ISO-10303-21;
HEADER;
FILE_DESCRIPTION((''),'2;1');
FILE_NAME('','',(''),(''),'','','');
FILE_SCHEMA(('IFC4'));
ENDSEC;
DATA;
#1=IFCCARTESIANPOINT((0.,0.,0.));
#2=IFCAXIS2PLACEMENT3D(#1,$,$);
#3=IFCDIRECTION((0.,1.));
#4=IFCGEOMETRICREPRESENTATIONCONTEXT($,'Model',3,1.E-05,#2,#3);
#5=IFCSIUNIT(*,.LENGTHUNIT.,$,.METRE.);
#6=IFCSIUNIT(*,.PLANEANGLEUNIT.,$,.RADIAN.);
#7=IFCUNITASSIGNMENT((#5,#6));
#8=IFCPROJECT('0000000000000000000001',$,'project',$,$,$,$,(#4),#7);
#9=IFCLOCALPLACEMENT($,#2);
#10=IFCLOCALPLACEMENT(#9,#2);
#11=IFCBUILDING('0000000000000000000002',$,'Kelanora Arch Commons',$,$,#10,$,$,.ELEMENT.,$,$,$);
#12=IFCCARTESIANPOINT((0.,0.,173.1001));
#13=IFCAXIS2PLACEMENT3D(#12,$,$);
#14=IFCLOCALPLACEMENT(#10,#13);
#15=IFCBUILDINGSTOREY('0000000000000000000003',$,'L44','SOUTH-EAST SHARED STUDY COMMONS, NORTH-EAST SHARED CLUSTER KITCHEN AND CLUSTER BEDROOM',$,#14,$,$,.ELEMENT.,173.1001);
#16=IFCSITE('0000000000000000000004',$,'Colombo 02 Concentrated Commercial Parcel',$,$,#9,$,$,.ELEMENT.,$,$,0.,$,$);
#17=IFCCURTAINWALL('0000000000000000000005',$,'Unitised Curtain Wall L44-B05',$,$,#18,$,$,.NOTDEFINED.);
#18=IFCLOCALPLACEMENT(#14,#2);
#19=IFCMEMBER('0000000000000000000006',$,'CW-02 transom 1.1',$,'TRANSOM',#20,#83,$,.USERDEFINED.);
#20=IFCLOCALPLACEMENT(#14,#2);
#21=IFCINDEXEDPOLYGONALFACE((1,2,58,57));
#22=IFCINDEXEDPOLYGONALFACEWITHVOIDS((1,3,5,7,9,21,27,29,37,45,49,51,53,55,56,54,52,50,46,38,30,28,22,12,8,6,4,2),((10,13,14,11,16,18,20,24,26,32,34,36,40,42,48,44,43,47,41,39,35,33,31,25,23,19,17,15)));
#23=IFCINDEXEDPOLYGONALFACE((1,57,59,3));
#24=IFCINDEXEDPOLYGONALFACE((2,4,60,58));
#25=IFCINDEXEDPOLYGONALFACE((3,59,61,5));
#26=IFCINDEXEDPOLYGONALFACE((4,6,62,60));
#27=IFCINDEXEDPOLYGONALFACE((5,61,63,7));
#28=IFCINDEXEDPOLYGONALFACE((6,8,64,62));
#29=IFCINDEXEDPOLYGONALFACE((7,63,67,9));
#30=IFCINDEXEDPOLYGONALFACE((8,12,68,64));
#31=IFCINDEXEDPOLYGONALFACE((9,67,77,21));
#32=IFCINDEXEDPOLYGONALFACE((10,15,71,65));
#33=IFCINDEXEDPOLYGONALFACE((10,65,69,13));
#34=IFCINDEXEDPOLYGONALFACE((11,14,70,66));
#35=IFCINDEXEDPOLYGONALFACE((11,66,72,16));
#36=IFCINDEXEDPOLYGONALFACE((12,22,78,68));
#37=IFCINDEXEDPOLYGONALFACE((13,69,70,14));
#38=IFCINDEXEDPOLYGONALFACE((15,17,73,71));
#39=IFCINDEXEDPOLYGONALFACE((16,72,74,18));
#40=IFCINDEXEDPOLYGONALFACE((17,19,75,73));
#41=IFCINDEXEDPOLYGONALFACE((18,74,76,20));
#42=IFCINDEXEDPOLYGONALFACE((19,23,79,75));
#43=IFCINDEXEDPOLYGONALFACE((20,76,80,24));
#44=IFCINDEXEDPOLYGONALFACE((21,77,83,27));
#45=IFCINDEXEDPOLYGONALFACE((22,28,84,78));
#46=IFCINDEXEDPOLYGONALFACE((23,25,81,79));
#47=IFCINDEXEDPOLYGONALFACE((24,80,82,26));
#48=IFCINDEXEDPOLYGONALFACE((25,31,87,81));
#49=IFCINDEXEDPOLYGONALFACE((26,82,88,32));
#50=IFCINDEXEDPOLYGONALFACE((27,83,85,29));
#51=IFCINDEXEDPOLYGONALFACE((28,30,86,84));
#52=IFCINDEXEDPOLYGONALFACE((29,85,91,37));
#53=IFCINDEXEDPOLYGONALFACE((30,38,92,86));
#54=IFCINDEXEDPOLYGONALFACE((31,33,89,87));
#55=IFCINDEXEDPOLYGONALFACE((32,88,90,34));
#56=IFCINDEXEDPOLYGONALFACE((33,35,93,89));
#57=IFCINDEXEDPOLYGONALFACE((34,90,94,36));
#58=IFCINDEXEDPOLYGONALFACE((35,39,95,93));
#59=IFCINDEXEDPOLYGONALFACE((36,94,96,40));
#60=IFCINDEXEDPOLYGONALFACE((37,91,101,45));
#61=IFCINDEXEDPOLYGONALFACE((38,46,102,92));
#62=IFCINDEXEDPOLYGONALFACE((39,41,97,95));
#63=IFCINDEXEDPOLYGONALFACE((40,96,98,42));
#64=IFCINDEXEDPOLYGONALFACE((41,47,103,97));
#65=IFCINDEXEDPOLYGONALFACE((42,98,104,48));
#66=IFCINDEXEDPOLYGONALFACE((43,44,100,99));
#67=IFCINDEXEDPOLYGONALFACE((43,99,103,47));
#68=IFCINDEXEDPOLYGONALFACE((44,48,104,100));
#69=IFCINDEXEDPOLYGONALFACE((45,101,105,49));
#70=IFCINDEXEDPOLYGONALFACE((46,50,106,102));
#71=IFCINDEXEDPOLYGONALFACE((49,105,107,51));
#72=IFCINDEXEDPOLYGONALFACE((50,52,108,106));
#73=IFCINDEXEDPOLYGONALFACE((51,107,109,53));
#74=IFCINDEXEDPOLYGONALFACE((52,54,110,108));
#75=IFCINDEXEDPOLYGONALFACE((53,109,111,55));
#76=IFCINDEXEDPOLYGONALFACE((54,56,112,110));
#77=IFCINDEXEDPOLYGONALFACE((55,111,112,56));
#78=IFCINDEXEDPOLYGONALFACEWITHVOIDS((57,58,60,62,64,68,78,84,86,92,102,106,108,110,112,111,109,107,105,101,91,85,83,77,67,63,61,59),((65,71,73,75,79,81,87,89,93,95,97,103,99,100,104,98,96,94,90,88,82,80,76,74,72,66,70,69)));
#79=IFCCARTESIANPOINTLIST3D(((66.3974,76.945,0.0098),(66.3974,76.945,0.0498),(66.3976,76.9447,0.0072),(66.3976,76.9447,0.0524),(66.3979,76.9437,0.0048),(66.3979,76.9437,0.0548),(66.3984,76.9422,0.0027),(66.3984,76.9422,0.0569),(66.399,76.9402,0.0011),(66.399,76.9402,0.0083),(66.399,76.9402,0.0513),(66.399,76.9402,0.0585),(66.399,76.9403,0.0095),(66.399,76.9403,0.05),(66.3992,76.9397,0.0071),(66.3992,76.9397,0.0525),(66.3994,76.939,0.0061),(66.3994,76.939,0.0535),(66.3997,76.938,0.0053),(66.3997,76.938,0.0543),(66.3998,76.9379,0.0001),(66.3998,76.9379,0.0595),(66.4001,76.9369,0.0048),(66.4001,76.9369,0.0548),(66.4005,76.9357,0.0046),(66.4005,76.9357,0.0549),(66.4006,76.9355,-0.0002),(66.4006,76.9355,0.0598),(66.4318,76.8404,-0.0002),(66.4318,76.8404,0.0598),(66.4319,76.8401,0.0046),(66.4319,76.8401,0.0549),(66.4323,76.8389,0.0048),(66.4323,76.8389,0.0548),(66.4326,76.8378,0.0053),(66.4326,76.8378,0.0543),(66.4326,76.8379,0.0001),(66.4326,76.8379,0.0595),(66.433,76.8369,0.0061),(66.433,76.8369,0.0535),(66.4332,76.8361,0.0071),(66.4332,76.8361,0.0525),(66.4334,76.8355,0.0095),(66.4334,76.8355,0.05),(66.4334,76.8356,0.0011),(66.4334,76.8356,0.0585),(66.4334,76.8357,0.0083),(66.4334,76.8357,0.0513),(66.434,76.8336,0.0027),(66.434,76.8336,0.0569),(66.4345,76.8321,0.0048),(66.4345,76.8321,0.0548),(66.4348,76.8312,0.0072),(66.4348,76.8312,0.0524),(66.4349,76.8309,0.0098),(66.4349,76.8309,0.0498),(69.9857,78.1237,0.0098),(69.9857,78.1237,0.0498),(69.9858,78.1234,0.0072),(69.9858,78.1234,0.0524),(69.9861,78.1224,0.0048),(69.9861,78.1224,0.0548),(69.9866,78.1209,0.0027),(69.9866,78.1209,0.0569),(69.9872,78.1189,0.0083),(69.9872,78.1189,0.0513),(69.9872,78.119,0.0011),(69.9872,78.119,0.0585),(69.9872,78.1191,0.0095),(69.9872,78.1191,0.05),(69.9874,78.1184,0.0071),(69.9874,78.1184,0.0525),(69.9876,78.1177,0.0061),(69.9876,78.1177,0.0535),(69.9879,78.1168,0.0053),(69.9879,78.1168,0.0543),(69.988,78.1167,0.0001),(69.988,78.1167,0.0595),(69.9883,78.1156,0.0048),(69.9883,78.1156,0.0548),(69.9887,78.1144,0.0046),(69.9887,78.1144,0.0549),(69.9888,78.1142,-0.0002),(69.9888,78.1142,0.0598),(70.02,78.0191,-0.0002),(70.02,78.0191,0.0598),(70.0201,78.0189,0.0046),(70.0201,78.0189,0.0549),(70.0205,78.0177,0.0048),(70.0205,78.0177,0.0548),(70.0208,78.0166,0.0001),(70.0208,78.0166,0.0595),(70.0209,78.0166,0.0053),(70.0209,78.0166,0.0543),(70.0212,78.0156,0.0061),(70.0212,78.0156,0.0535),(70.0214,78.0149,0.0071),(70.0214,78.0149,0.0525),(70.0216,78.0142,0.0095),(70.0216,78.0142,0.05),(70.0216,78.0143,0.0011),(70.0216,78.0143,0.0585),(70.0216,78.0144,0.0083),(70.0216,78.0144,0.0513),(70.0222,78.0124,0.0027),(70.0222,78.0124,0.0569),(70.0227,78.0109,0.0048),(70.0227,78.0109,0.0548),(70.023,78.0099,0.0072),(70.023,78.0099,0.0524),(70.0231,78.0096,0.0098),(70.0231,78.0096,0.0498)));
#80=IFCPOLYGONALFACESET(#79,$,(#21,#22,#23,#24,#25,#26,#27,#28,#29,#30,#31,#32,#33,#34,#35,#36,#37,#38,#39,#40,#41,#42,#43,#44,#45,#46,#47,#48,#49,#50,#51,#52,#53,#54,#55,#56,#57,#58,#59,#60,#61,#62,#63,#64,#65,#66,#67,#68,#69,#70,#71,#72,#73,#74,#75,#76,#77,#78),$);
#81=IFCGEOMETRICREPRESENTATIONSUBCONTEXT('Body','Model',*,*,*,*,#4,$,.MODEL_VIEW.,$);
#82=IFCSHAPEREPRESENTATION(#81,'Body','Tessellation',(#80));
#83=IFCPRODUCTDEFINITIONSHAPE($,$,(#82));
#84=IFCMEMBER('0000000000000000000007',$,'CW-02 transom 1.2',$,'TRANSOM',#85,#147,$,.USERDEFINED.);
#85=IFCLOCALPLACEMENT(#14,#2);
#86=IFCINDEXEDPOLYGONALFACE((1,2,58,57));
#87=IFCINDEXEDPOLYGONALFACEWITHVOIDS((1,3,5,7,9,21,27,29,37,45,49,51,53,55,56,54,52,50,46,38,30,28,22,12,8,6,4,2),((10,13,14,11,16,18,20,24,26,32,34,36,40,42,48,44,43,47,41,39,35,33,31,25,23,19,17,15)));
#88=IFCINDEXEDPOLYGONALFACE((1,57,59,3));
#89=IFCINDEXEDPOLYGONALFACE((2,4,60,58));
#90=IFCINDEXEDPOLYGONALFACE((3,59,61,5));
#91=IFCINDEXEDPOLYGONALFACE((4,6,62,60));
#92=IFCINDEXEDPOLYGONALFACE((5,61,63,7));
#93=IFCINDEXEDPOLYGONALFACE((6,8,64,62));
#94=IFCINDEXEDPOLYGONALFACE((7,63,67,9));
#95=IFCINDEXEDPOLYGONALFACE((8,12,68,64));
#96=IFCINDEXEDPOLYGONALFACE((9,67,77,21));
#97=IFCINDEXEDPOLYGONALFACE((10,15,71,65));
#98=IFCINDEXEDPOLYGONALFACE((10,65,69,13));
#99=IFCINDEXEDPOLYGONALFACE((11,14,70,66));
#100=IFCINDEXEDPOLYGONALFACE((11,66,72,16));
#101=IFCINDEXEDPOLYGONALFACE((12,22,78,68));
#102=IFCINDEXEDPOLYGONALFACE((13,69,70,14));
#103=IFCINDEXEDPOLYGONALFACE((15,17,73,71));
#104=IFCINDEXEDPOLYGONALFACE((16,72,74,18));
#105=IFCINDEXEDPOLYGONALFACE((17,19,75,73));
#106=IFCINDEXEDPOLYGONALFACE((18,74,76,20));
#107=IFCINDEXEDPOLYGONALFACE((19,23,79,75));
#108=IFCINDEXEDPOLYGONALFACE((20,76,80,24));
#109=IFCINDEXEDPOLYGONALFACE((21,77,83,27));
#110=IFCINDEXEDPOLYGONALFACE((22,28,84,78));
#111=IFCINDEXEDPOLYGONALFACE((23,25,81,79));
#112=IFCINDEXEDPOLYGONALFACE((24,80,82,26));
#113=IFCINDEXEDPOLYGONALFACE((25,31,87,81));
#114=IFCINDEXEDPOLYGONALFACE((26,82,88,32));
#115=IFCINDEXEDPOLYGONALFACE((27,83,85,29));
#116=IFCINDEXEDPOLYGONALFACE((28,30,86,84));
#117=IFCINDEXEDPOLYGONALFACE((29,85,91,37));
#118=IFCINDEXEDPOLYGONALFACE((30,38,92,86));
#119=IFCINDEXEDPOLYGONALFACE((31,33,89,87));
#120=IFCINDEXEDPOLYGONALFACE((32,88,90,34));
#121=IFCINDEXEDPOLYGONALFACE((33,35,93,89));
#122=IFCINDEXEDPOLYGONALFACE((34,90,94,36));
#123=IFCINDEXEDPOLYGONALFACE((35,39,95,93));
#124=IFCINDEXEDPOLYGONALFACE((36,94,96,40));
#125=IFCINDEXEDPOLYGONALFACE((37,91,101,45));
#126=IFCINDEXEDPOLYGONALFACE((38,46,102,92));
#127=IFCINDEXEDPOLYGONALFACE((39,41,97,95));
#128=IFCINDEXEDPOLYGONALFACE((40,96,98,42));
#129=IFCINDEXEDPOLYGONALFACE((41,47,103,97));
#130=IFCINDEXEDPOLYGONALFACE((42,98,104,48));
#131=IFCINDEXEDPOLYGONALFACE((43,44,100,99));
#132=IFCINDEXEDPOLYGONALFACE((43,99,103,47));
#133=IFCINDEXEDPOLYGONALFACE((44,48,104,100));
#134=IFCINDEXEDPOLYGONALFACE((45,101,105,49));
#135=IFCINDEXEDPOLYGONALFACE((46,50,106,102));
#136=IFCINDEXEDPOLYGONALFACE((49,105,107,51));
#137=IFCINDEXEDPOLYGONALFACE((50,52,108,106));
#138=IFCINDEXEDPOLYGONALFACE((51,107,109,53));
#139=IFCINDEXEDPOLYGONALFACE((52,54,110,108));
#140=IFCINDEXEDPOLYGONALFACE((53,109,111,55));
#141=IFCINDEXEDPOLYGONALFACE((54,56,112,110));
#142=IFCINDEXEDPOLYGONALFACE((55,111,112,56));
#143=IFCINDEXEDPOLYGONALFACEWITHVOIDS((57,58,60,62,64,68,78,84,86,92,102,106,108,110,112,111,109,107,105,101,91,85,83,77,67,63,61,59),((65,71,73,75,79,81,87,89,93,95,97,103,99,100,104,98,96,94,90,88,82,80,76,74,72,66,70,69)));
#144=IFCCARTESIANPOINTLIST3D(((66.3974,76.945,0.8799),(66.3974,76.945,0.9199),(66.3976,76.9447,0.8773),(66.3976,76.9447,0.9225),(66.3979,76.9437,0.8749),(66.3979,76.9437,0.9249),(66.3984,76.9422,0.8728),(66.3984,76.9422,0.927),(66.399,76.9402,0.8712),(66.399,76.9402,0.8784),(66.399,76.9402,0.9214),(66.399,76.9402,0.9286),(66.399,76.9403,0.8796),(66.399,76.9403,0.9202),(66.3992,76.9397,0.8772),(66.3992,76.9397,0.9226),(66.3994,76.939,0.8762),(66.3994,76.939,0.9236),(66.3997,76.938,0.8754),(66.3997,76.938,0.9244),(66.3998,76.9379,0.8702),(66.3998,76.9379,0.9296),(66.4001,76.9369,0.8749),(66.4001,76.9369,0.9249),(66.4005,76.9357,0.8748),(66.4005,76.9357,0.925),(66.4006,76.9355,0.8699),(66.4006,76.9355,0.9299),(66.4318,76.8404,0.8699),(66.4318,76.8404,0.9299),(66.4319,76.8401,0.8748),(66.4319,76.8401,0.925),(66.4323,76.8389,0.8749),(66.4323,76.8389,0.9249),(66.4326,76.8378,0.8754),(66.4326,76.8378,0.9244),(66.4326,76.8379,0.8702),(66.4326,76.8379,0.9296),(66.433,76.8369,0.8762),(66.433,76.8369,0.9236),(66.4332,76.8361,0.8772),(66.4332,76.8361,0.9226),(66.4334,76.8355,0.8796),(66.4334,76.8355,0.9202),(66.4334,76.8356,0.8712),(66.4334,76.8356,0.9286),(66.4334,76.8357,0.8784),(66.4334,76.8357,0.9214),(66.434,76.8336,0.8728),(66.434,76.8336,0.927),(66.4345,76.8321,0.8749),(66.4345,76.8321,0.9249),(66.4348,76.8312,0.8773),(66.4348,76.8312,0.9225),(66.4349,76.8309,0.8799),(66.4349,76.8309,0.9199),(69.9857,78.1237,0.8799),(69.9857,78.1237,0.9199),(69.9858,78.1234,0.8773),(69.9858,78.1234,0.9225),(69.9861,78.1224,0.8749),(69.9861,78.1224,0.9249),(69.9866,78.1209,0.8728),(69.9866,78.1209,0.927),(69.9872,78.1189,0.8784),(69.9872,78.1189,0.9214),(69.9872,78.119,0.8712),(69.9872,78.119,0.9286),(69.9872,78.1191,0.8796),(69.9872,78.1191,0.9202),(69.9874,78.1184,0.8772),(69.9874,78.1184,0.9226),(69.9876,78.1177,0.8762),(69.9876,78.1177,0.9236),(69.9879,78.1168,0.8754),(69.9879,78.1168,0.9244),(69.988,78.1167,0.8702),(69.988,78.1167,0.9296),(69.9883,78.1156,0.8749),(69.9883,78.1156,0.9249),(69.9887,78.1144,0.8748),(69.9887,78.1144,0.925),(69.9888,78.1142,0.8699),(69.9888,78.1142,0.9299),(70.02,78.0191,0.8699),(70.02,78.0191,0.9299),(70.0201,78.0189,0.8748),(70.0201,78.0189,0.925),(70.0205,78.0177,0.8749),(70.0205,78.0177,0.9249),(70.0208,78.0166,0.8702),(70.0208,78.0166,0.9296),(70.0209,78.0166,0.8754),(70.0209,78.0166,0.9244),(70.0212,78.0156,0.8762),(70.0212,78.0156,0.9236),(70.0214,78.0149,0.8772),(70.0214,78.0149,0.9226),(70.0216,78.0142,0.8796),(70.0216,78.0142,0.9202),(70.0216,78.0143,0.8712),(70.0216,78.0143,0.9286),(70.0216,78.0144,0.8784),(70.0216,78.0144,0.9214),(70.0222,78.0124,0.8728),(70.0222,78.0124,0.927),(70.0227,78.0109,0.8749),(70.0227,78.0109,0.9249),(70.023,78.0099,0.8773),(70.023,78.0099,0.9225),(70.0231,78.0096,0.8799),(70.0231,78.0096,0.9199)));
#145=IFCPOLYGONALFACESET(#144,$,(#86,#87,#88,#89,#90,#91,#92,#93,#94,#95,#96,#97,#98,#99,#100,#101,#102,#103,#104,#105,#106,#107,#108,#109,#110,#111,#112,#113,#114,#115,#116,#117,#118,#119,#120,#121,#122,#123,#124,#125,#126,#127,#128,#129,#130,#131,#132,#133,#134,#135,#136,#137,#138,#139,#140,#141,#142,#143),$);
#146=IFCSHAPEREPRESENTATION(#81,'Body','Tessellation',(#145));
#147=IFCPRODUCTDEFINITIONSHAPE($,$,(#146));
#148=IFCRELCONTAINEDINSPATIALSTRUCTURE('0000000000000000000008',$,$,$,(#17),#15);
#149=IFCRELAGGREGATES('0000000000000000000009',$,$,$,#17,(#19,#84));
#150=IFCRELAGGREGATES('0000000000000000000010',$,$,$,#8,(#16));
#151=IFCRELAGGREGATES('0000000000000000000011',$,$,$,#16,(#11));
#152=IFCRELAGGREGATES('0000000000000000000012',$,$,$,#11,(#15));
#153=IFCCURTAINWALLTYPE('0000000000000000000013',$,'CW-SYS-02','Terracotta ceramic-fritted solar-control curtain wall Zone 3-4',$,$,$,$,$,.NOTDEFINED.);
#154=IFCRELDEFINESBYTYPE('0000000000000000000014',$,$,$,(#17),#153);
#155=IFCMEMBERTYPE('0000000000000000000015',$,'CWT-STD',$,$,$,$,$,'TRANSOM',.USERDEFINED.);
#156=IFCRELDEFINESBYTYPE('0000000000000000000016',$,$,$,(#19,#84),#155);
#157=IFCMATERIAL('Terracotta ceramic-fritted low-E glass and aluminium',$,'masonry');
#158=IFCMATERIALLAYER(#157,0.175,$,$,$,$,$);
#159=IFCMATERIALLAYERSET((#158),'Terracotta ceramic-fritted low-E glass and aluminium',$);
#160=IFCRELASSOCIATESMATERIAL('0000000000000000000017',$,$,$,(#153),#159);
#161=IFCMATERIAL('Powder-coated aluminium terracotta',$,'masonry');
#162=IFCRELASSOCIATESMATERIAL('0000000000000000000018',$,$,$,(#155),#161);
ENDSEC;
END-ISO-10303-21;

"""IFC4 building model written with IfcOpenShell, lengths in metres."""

from ifc_helpers import new_model, si_unit, direction, frame, origin, origin_2d, place, context, subcontext, project, spatial, hollow_rectangle, extrude, material, layer, layer_set, material_profile, profile_set, type_object, element, aggregate, save


model = new_model("IFC4")

# Units and contexts
model_context = context("Model", 3, precision=1e-05, world=origin(), true_north=direction((0.0, 1.0)))
body_context = subcontext(model_context, "Body", "Model", "MODEL_VIEW")
ifc_project = project(units=[si_unit("LENGTHUNIT", "METRE"), si_unit("PLANEANGLEUNIT", "RADIAN")], contexts=[model_context])

# Site, building, storey
site_placement = place(None, origin())
site = spatial("IfcSite", under=ifc_project, at=site_placement, Name="Colombo 02 Concentrated Commercial Parcel", CompositionType="ELEMENT", RefElevation=0.0)
building_placement = place(site_placement, origin())
building = spatial("IfcBuilding", under=site, at=building_placement, Name="Kelanora Arch Commons", CompositionType="ELEMENT")
storey_placement = place(building_placement, frame((0.0, 0.0, 173.1001)))
storey = spatial("IfcBuildingStorey", under=building, at=storey_placement, Name="L44", Description="SOUTH-EAST SHARED STUDY COMMONS, NORTH-EAST SHARED CLUSTER KITCHEN AND CLUSTER BEDROOM", CompositionType="ELEMENT", Elevation=173.1001)

# Curtain wall, members
ifc_material_1 = material(Name="Terracotta ceramic-fritted low-E glass and aluminium", Category="masonry")
ifc_layer_1 = layer(ifc_material_1, 0.175)
ifc_layer_set_1 = layer_set([ifc_layer_1], Name="Terracotta ceramic-fritted low-E glass and aluminium")
curtain_wall_type = type_object("IfcCurtainWallType", Name="CW-SYS-02", Description="Terracotta ceramic-fritted solar-control curtain wall Zone 3-4", PredefinedType="NOTDEFINED", material=ifc_layer_set_1)
curtain_wall_placement = place(storey_placement, origin())
curtain_wall = element("IfcCurtainWall", 1, at=curtain_wall_placement, inside=storey, type_object=curtain_wall_type, Name="Unitised Curtain Wall L44-B05", PredefinedType="NOTDEFINED")
ifc_material_2 = material(Name="Powder-coated aluminium terracotta", Category="masonry")
ifc_material_profile_1 = material_profile(ifc_material_2, hollow_rectangle(XDim=0.1201, YDim=0.0601, WallThickness=0.0049, InnerFilletRadius=0.0049, OuterFilletRadius=0.01, at=origin_2d()), Name="CWT120x60")
ifc_profile_set_1 = profile_set([ifc_material_profile_1], Name="Powder-coated aluminium terracotta")
member_type_1 = type_object("IfcMemberType", Name="CWT-STD", ElementType="TRANSOM", PredefinedType="USERDEFINED", material=ifc_profile_set_1)
member_1_placement = place(storey_placement, frame((70.0044, 78.0667, 0.0298), z_axis=(-0.950051, -0.312094, 0.0), x_axis=(0.312094, -0.950051, 0.0)))
member_1 = element("IfcMember", 2, at=member_1_placement, type_object=member_type_1, Name="CW-02 transom 1.1", ObjectType="TRANSOM", PredefinedType="USERDEFINED", context=body_context, shape_type="SweptSolid", body=[
    extrude(hollow_rectangle(XDim=0.1201, YDim=0.0601, WallThickness=0.0049, InnerFilletRadius=0.0049, OuterFilletRadius=0.01, at=origin_2d()), origin(), (0.0, 0.0, 1.0), 3.7769),
])
member_2_placement = place(storey_placement, frame((70.0044, 78.0667, 0.8999), z_axis=(-0.950051, -0.312094, 0.0), x_axis=(0.312094, -0.950051, 0.0)))
member_2 = element("IfcMember", 3, at=member_2_placement, type_object=member_type_1, Name="CW-02 transom 1.2", ObjectType="TRANSOM", PredefinedType="USERDEFINED", context=body_context, shape_type="SweptSolid", body=[
    extrude(hollow_rectangle(XDim=0.1201, YDim=0.0601, WallThickness=0.0049, InnerFilletRadius=0.0049, OuterFilletRadius=0.01, at=origin_2d()), origin(), (0.0, 0.0, 1.0), 3.7769),
])
aggregate(curtain_wall, [member_1, member_2])

save(model, "model.ifc")
